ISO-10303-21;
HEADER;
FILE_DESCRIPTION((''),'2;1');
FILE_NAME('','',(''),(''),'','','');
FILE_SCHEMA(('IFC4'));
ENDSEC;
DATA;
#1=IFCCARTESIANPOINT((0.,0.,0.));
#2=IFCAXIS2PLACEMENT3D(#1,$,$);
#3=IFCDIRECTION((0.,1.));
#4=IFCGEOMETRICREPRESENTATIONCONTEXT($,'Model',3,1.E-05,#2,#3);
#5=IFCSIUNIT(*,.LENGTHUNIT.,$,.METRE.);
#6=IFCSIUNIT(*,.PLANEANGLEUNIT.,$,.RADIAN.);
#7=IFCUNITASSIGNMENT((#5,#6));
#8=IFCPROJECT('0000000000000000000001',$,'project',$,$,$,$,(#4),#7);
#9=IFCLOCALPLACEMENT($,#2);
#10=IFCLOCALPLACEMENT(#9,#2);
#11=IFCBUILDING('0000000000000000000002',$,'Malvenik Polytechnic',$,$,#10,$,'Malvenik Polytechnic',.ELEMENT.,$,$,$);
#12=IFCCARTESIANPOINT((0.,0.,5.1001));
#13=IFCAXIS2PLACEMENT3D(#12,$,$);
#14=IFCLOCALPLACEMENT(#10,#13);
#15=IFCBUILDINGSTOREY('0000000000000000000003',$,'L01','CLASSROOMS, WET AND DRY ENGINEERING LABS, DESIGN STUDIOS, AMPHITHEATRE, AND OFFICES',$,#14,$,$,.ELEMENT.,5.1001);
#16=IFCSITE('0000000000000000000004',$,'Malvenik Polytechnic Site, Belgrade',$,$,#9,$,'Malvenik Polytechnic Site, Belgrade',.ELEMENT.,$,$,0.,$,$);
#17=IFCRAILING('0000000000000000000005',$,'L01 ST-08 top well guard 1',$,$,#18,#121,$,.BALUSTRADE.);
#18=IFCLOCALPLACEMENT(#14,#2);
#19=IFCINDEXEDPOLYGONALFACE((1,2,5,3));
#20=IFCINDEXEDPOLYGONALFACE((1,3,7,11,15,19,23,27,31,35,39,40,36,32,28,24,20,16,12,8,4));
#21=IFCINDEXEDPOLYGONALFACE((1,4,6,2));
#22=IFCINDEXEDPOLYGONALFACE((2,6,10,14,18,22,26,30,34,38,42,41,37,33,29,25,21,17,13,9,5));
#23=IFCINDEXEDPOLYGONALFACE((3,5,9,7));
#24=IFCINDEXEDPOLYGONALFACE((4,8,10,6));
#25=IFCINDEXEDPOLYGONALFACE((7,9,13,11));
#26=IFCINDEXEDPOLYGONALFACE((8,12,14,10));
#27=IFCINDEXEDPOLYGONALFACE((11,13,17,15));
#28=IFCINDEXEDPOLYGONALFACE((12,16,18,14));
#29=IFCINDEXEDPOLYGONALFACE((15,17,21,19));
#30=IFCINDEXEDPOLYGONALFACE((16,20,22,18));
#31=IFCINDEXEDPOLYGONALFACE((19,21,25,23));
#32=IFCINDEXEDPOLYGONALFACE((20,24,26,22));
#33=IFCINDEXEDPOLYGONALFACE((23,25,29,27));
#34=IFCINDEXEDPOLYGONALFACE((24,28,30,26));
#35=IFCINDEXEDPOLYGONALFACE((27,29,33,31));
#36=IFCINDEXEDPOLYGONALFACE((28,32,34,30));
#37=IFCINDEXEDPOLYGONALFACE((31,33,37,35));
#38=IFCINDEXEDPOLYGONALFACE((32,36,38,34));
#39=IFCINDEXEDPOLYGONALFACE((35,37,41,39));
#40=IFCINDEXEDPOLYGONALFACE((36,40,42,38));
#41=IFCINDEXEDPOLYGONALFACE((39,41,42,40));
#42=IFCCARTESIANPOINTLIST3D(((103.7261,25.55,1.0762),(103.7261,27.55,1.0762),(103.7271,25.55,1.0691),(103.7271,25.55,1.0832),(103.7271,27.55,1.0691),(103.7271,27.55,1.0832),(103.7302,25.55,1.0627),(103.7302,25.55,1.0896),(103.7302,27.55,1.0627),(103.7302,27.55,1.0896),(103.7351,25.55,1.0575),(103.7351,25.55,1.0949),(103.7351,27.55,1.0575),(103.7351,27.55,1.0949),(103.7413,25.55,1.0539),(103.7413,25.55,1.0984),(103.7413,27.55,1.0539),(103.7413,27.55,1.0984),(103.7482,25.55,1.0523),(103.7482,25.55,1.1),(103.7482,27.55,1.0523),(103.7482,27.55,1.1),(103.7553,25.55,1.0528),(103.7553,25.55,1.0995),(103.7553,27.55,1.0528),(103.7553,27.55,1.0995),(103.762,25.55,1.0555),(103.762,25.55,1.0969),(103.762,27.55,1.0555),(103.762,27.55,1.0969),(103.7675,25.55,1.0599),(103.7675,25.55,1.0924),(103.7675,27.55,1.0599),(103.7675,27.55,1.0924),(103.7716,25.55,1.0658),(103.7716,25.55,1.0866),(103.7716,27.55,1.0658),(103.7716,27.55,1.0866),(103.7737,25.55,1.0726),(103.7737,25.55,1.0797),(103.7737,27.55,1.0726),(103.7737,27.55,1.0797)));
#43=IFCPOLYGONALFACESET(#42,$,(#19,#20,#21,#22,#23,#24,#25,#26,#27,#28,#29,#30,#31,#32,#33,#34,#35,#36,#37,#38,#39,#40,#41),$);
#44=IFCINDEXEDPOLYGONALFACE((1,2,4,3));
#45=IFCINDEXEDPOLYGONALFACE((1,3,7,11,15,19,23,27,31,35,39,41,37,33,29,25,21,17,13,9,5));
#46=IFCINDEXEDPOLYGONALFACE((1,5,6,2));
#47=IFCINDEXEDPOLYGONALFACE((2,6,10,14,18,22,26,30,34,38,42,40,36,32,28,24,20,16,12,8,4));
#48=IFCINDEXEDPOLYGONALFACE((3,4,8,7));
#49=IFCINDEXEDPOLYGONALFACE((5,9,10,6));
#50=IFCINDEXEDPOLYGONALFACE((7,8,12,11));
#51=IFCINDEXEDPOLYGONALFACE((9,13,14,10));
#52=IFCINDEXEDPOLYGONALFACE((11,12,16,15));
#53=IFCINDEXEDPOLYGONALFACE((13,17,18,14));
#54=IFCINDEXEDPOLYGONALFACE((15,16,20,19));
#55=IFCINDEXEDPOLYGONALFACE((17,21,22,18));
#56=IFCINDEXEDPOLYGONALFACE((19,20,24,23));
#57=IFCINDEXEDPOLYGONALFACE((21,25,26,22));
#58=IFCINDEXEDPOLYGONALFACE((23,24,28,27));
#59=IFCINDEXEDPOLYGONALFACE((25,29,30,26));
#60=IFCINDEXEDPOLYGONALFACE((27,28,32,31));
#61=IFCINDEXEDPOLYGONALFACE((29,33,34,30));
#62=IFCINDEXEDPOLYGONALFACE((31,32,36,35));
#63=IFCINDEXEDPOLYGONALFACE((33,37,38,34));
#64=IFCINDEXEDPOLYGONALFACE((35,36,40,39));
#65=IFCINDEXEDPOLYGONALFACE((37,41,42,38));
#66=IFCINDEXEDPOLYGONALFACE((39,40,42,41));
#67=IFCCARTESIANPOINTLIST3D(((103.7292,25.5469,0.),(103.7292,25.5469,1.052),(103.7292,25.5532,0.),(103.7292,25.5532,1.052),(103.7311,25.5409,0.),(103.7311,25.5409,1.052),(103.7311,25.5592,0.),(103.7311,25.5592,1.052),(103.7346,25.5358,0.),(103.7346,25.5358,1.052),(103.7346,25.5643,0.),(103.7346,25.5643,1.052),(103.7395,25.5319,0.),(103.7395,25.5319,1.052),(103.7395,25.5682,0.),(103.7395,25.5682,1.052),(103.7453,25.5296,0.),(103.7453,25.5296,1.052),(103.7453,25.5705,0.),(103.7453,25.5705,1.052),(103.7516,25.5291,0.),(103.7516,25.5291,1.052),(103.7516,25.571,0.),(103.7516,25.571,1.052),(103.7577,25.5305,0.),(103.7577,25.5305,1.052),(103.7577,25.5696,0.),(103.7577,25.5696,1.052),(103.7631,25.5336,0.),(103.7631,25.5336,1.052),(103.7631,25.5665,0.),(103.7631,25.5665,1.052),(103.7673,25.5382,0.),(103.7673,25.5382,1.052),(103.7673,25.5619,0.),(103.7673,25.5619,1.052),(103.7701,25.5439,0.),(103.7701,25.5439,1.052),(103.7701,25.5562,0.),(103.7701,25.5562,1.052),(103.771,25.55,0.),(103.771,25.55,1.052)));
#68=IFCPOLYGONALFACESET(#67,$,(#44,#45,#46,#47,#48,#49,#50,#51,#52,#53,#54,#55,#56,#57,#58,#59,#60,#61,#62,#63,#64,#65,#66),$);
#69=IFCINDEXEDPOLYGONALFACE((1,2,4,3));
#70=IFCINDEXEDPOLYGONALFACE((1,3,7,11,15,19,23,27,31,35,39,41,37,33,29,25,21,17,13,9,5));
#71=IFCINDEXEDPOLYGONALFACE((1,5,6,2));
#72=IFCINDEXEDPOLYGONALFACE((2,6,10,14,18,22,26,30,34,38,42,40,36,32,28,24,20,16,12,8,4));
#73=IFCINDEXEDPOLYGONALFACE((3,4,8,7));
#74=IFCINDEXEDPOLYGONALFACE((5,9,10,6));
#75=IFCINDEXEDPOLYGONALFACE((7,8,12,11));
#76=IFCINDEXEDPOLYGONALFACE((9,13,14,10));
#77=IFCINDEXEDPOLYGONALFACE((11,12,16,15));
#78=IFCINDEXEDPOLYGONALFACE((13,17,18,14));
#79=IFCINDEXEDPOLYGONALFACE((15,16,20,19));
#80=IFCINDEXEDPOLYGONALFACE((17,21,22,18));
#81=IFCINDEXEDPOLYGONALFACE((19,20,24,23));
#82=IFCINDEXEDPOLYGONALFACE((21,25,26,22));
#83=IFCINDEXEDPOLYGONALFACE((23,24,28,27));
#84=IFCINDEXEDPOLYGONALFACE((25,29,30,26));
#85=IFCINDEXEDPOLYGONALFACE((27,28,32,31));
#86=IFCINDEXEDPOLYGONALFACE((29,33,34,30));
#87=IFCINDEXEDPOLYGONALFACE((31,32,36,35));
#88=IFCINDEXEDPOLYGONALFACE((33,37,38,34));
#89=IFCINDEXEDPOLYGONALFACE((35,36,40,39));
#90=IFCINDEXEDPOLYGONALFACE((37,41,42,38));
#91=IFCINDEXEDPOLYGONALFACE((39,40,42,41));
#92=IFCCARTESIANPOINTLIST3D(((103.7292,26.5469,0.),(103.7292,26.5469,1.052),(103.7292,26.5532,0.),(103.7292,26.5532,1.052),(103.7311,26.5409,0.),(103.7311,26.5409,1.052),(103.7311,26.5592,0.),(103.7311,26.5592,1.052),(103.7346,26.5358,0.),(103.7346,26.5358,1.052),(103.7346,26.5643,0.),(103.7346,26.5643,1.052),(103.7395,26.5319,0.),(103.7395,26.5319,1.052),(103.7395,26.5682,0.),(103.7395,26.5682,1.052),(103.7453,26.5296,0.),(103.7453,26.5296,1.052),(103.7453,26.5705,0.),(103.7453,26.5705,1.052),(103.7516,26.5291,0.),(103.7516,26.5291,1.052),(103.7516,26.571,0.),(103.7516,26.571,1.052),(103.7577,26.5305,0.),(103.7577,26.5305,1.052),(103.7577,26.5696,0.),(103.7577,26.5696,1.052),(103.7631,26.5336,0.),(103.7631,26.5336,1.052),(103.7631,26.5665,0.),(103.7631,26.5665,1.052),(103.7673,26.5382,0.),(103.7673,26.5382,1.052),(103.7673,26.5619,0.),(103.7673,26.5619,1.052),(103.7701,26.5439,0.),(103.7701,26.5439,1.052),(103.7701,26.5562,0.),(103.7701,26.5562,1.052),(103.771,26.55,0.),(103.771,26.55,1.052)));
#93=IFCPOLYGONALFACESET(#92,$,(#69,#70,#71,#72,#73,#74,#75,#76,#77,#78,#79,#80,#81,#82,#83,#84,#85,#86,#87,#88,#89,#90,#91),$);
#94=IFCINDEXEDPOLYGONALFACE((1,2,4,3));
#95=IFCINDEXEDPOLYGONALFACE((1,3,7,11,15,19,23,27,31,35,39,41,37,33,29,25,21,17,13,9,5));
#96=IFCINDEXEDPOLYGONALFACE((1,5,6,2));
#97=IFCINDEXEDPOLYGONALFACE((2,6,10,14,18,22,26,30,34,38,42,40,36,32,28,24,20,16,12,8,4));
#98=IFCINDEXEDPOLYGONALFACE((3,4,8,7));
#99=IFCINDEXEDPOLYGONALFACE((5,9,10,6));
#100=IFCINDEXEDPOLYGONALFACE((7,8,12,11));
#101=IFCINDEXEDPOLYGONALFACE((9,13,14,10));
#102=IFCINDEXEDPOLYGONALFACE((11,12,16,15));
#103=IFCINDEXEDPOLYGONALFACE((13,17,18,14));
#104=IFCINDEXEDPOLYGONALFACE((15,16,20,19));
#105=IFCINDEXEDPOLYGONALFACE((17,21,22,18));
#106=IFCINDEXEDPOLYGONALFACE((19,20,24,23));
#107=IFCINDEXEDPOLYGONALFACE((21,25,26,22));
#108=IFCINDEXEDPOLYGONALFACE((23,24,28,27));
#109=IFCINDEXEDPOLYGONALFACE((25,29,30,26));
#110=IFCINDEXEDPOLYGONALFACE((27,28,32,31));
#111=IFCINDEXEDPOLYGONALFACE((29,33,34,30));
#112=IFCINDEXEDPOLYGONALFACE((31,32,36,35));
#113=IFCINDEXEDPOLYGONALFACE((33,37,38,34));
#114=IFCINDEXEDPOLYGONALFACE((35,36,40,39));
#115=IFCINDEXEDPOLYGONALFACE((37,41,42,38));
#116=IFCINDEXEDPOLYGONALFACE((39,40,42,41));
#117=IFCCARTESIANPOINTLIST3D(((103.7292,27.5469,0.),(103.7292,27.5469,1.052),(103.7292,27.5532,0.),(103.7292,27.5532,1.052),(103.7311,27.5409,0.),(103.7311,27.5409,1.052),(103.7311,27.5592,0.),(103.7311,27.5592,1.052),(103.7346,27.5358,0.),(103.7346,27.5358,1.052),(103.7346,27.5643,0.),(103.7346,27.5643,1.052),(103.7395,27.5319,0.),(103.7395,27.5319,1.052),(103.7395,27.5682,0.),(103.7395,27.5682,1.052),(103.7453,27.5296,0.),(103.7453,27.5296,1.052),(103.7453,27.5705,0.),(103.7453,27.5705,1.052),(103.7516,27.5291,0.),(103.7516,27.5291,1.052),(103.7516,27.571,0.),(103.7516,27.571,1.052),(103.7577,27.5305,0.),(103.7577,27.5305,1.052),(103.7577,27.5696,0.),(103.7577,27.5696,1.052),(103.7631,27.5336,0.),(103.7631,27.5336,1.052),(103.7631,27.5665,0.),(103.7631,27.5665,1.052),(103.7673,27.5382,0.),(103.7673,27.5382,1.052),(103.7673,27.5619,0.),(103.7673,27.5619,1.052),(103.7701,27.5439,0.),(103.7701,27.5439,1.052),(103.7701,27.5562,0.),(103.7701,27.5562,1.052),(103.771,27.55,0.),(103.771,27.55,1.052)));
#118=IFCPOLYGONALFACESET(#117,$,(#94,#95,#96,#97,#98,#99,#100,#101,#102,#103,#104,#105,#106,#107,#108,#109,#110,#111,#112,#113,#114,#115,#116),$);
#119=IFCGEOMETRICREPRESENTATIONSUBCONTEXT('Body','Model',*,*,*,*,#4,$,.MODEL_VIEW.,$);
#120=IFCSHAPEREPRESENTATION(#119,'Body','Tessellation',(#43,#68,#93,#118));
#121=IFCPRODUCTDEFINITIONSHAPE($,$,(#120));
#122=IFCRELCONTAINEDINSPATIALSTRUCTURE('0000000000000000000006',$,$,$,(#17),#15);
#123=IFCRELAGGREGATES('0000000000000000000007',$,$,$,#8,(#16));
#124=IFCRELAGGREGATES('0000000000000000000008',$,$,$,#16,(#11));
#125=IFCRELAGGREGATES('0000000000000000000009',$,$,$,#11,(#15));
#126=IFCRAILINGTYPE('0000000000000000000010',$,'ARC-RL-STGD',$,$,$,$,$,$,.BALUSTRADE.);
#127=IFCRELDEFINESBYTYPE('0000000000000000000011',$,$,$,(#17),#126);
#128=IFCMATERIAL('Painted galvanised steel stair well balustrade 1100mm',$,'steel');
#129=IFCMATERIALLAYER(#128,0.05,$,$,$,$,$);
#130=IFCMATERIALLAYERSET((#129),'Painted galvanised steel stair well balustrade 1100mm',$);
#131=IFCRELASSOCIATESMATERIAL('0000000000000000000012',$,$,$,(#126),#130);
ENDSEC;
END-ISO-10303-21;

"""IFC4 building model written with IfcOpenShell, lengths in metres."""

from ifc_helpers import new_model, si_unit, direction, frame, origin, origin_2d, place, context, subcontext, project, spatial, circle, extrude, material, layer, layer_set, type_object, element, save


model = new_model("IFC4")

# Units and contexts
model_context = context("Model", 3, precision=1e-05, world=origin(), true_north=direction((0.0, 1.0)))
body_context = subcontext(model_context, "Body", "Model", "MODEL_VIEW")
ifc_project = project(units=[si_unit("LENGTHUNIT", "METRE"), si_unit("PLANEANGLEUNIT", "RADIAN")], contexts=[model_context])

# Site, building, storey
site_placement = place(None, origin())
site = spatial("IfcSite", under=ifc_project, at=site_placement, Name="Malvenik Polytechnic Site, Belgrade", LongName="Malvenik Polytechnic Site, Belgrade", CompositionType="ELEMENT", RefElevation=0.0)
building_placement = place(site_placement, origin())
building = spatial("IfcBuilding", under=site, at=building_placement, Name="Malvenik Polytechnic", LongName="Malvenik Polytechnic", CompositionType="ELEMENT")
storey_placement = place(building_placement, frame((0.0, 0.0, 5.1001)))
storey = spatial("IfcBuildingStorey", under=building, at=storey_placement, Name="L01", Description="CLASSROOMS, WET AND DRY ENGINEERING LABS, DESIGN STUDIOS, AMPHITHEATRE, AND OFFICES", CompositionType="ELEMENT", Elevation=5.1001)

# Railing
ifc_material_1 = material(Name="Painted galvanised steel stair well balustrade 1100mm", Category="steel")
ifc_layer_1 = layer(ifc_material_1, 0.05)
ifc_layer_set_1 = layer_set([ifc_layer_1], Name="Painted galvanised steel stair well balustrade 1100mm")
railing_type = type_object("IfcRailingType", Name="ARC-RL-STGD", PredefinedType="BALUSTRADE", material=ifc_layer_set_1)
railing_placement = place(storey_placement, frame((103.75, 25.55, 0.0)))
element("IfcRailing", 1, at=railing_placement, inside=storey, type_object=railing_type, Name="L01 ST-08 top well guard 1", PredefinedType="BALUSTRADE", context=body_context, shape_type="SweptSolid", body=[
    extrude(circle(Radius=0.0239, at=origin_2d()), frame((0.0, 0.0, 1.0762), z_axis=(0.0, 1.0, 0.0), x_axis=(-1.0, 0.0, 0.0)), (0.0, 0.0, 1.0), 2.0),
    extrude(circle(Radius=0.021, at=origin_2d()), origin(), (0.0, 0.0, 1.0), 1.052),
    extrude(circle(Radius=0.021, at=origin_2d()), frame((0.0, 1.0, 0.0)), (0.0, 0.0, 1.0), 1.052),
    extrude(circle(Radius=0.021, at=origin_2d()), frame((0.0, 2.0, 0.0)), (0.0, 0.0, 1.0), 1.052),
])

save(model, "model.ifc")
